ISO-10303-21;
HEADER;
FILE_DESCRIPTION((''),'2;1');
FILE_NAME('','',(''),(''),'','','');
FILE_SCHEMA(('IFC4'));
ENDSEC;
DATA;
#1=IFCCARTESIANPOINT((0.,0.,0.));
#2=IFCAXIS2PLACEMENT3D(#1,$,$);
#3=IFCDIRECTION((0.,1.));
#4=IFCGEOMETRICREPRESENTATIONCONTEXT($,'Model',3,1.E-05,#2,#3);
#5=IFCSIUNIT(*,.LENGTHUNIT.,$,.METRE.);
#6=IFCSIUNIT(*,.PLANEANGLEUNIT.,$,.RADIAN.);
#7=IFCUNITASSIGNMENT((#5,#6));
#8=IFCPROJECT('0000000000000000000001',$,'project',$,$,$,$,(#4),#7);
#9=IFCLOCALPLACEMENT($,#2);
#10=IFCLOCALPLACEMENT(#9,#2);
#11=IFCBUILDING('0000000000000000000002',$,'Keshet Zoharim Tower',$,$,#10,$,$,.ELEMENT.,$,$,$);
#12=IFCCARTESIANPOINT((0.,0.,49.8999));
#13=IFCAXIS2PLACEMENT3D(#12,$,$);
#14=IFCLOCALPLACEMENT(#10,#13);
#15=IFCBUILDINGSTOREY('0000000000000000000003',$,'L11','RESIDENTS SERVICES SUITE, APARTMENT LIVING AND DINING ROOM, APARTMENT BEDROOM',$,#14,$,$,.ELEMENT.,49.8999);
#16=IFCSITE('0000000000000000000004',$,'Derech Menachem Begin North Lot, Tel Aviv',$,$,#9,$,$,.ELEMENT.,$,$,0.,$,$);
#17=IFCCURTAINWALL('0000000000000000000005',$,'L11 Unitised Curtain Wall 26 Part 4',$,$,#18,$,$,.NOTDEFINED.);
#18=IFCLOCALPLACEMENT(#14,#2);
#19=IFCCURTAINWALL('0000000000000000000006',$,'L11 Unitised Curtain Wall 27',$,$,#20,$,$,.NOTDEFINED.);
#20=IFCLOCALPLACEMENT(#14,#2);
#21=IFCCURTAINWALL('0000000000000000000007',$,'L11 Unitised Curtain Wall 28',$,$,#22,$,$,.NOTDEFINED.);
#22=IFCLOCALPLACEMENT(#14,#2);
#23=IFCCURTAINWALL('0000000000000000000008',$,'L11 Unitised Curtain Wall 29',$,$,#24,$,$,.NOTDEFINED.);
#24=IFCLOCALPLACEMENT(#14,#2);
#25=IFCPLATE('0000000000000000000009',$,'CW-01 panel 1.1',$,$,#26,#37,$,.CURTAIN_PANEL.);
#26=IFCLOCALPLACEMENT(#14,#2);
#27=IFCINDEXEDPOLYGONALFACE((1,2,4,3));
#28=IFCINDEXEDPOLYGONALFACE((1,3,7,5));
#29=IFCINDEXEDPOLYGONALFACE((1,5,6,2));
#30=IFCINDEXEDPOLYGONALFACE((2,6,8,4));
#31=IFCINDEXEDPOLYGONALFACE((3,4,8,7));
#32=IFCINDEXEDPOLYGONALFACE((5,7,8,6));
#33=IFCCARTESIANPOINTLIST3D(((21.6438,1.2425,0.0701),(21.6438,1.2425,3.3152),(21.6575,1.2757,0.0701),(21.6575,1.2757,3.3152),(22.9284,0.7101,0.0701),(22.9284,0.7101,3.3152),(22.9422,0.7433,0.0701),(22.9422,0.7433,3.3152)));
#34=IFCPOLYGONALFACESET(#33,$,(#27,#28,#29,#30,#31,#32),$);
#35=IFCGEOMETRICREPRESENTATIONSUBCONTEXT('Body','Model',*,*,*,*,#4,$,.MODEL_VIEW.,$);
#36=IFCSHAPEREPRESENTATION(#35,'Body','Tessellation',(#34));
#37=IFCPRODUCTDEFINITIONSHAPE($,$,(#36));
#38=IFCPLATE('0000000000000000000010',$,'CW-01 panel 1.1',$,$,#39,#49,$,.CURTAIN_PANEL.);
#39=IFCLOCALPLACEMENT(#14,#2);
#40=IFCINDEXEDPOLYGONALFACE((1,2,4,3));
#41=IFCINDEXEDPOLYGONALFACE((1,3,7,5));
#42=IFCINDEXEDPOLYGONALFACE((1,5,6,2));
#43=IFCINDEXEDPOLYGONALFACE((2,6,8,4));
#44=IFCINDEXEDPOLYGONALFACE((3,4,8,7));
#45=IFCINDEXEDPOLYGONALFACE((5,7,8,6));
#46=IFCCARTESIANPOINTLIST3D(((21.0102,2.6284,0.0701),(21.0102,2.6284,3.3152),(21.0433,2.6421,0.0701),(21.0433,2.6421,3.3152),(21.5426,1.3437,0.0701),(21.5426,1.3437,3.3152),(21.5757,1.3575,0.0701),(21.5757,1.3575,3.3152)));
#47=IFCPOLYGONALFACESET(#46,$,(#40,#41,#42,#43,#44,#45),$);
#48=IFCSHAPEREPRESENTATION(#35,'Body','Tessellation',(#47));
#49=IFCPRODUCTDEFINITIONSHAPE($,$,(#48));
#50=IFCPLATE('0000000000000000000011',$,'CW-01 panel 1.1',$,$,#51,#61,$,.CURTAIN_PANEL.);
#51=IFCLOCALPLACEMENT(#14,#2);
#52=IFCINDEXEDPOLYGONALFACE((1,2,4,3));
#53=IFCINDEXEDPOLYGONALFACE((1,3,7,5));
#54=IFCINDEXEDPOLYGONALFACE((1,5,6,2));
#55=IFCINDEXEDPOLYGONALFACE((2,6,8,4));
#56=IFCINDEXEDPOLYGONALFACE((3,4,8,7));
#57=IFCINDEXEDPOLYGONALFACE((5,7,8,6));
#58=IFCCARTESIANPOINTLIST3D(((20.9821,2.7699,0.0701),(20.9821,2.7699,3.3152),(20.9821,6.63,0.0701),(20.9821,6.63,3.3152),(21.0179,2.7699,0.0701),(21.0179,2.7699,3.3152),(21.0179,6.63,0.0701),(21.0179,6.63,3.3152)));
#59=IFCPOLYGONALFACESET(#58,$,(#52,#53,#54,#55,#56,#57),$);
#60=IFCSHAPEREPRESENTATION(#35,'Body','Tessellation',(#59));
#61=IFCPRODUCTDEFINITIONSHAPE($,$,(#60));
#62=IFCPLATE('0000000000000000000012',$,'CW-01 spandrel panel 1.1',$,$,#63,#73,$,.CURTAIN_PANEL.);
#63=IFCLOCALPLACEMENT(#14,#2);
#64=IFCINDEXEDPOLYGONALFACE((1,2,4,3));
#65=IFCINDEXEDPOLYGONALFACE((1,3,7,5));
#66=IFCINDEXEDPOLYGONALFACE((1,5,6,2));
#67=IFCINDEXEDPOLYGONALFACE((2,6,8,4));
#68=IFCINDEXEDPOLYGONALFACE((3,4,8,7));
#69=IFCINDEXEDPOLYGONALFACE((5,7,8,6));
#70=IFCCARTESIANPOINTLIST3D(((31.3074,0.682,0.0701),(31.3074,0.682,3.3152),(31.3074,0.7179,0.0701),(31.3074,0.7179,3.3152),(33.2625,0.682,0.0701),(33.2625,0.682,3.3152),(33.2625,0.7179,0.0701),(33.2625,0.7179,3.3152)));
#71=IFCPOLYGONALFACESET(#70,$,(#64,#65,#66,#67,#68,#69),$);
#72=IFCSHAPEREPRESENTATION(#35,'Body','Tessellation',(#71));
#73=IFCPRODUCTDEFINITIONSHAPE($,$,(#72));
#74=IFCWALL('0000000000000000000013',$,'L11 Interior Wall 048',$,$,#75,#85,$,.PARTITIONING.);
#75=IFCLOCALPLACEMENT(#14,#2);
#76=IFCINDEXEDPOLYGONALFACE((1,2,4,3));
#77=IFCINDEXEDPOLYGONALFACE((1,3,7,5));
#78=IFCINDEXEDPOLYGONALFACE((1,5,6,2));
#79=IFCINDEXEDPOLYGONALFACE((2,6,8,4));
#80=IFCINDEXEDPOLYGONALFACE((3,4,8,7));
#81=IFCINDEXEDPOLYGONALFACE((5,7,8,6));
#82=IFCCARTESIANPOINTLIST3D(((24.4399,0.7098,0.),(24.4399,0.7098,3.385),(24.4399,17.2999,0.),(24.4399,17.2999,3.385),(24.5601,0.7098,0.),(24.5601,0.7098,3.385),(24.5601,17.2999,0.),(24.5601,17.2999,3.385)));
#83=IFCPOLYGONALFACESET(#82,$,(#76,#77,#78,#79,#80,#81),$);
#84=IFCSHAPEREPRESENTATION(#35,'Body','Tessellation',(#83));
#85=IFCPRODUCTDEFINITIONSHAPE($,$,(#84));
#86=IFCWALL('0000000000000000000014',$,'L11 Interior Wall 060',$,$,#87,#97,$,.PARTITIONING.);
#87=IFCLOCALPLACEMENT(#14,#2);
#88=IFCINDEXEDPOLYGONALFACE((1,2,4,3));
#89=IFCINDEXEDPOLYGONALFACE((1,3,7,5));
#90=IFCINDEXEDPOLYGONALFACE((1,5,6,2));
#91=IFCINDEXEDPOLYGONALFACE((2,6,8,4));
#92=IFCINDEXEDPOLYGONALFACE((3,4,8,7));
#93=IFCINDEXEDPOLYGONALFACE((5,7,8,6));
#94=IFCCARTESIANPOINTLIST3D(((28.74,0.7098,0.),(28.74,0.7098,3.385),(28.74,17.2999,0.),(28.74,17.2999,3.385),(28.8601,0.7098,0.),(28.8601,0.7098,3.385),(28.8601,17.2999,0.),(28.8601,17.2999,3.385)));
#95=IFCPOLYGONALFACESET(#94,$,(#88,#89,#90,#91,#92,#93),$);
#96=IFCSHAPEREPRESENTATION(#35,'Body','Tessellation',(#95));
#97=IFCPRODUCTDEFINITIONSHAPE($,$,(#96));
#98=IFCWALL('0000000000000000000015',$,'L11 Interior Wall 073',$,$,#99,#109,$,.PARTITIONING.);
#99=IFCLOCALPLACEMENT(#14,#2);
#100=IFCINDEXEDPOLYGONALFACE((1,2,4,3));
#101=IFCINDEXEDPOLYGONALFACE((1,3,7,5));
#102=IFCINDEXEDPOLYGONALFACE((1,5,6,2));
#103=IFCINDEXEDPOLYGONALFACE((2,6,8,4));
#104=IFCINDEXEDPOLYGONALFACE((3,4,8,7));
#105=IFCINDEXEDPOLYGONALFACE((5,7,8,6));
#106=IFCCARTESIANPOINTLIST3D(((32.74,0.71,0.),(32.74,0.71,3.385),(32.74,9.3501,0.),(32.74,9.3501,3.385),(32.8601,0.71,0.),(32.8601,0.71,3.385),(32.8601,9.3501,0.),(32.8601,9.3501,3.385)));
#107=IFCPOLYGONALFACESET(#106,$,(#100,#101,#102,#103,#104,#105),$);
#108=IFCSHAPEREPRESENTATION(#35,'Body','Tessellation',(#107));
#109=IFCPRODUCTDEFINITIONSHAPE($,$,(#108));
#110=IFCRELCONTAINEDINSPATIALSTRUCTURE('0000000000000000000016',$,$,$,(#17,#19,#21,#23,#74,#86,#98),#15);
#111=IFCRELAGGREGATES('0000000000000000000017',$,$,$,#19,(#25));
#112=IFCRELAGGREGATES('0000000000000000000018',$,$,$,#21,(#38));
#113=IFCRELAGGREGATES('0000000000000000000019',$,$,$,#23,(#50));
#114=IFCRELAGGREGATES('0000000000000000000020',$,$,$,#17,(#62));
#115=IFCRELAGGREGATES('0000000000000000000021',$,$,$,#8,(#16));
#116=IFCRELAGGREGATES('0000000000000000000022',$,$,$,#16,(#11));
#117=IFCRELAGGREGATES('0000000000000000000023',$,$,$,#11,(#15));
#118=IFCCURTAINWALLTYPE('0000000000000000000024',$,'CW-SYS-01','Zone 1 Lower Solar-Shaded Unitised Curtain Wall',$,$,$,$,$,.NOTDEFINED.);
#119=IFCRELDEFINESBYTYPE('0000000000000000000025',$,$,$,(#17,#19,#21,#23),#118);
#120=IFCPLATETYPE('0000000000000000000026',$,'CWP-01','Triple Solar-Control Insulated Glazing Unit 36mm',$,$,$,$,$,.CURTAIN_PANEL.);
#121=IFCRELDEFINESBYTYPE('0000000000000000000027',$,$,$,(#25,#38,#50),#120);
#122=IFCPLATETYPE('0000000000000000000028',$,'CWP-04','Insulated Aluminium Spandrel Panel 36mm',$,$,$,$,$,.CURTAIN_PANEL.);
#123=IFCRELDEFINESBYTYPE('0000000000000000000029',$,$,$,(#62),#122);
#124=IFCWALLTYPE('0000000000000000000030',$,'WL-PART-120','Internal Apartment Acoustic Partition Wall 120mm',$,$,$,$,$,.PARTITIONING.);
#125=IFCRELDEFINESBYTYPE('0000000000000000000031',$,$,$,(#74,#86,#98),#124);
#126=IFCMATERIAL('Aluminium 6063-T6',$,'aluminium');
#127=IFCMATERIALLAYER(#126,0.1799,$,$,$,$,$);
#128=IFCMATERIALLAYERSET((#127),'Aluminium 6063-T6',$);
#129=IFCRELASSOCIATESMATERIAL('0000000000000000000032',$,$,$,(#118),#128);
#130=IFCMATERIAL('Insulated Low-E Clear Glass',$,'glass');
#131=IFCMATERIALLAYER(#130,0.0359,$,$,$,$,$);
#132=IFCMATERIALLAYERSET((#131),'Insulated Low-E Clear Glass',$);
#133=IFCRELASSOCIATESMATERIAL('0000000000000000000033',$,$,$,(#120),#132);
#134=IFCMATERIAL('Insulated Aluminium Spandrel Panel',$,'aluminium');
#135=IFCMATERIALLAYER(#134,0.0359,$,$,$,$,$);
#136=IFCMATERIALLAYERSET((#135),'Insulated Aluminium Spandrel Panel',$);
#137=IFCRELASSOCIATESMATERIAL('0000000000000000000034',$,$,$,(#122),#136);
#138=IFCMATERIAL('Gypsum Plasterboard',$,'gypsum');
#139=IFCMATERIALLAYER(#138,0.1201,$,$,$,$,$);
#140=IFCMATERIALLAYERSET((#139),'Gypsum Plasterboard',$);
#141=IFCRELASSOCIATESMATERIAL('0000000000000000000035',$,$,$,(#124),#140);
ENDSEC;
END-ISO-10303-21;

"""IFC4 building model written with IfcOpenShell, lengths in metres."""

from ifc_helpers import new_model, si_unit, direction, frame, frame_2d, origin, origin_2d, place, context, subcontext, project, spatial, rectangle, extrude, material, layer, layer_set, type_object, element, aggregate, save


model = new_model("IFC4")

# Units and contexts
model_context = context("Model", 3, precision=1e-05, world=origin(), true_north=direction((0.0, 1.0)))
body_context = subcontext(model_context, "Body", "Model", "MODEL_VIEW")
ifc_project = project(units=[si_unit("LENGTHUNIT", "METRE"), si_unit("PLANEANGLEUNIT", "RADIAN")], contexts=[model_context])

# Site, building, storey
site_placement = place(None, origin())
site = spatial("IfcSite", under=ifc_project, at=site_placement, Name="Derech Menachem Begin North Lot, Tel Aviv", CompositionType="ELEMENT", RefElevation=0.0)
building_placement = place(site_placement, origin())
building = spatial("IfcBuilding", under=site, at=building_placement, Name="Keshet Zoharim Tower", CompositionType="ELEMENT")
storey_placement = place(building_placement, frame((0.0, 0.0, 49.8999)))
storey = spatial("IfcBuildingStorey", under=building, at=storey_placement, Name="L11", Description="RESIDENTS SERVICES SUITE, APARTMENT LIVING AND DINING ROOM, APARTMENT BEDROOM", CompositionType="ELEMENT", Elevation=49.8999)

# Curtain wall
ifc_material_1 = material(Name="Aluminium 6063-T6", Category="aluminium")
ifc_layer_1 = layer(ifc_material_1, 0.1799)
ifc_layer_set_1 = layer_set([ifc_layer_1], Name="Aluminium 6063-T6")
curtain_wall_type = type_object("IfcCurtainWallType", Name="CW-SYS-01", Description="Zone 1 Lower Solar-Shaded Unitised Curtain Wall", PredefinedType="NOTDEFINED", material=ifc_layer_set_1)
curtain_wall_1_placement = place(storey_placement, origin())
curtain_wall_1 = element("IfcCurtainWall", 1, at=curtain_wall_1_placement, inside=storey, type_object=curtain_wall_type, Name="L11 Unitised Curtain Wall 26 Part 4", PredefinedType="NOTDEFINED")

# Curtain walls
curtain_wall_2_placement = place(storey_placement, origin())
curtain_wall_2 = element("IfcCurtainWall", 2, at=curtain_wall_2_placement, inside=storey, type_object=curtain_wall_type, Name="L11 Unitised Curtain Wall 27", PredefinedType="NOTDEFINED")
curtain_wall_3_placement = place(storey_placement, origin())
curtain_wall_3 = element("IfcCurtainWall", 3, at=curtain_wall_3_placement, inside=storey, type_object=curtain_wall_type, Name="L11 Unitised Curtain Wall 28", PredefinedType="NOTDEFINED")
curtain_wall_4_placement = place(storey_placement, origin())
curtain_wall_4 = element("IfcCurtainWall", 4, at=curtain_wall_4_placement, inside=storey, type_object=curtain_wall_type, Name="L11 Unitised Curtain Wall 29", PredefinedType="NOTDEFINED")

# Plates
ifc_material_2 = material(Name="Insulated Low-E Clear Glass", Category="glass")
ifc_layer_2 = layer(ifc_material_2, 0.0359)
ifc_layer_set_2 = layer_set([ifc_layer_2], Name="Insulated Low-E Clear Glass")
plate_type_1 = type_object("IfcPlateType", Name="CWP-01", Description="Triple Solar-Control Insulated Glazing Unit 36mm", PredefinedType="CURTAIN_PANEL", material=ifc_layer_set_2)
plate_1_placement = place(storey_placement, frame((22.293, 0.9929, 0.0701), z_axis=(0.0, 0.0, 1.0), x_axis=(-0.92381, 0.382852, 0.0)))
plate_1 = element("IfcPlate", 5, at=plate_1_placement, type_object=plate_type_1, Name="CW-01 panel 1.1", PredefinedType="CURTAIN_PANEL", context=body_context, shape_type="SweptSolid", body=[
    extrude(rectangle(XDim=1.3906, YDim=0.0359, at=origin_2d()), origin(), (0.0, 0.0, 1.0), 3.2451),
])
aggregate(curtain_wall_2, [plate_1])
plate_2_placement = place(storey_placement, frame((21.293, 1.9929, 0.0701), z_axis=(0.0, 0.0, 1.0), x_axis=(-0.382852, 0.92381, 0.0)))
plate_2 = element("IfcPlate", 6, at=plate_2_placement, type_object=plate_type_1, Name="CW-01 panel 1.1", PredefinedType="CURTAIN_PANEL", context=body_context, shape_type="SweptSolid", body=[
    extrude(rectangle(XDim=1.3906, YDim=0.0359, at=origin_2d()), origin(), (0.0, 0.0, 1.0), 3.2451),
])
aggregate(curtain_wall_3, [plate_2])
plate_3_placement = place(storey_placement, frame((21.0, 4.7, 0.0701), z_axis=(0.0, 0.0, 1.0), x_axis=(0.0, 1.0, 0.0)))
plate_3 = element("IfcPlate", 7, at=plate_3_placement, type_object=plate_type_1, Name="CW-01 panel 1.1", PredefinedType="CURTAIN_PANEL", context=body_context, shape_type="SweptSolid", body=[
    extrude(rectangle(XDim=3.8601, YDim=0.0359, at=origin_2d()), origin(), (0.0, 0.0, 1.0), 3.2451),
])
aggregate(curtain_wall_4, [plate_3])
ifc_material_3 = material(Name="Insulated Aluminium Spandrel Panel", Category="aluminium")
ifc_layer_3 = layer(ifc_material_3, 0.0359)
ifc_layer_set_3 = layer_set([ifc_layer_3], Name="Insulated Aluminium Spandrel Panel")
plate_type_2 = type_object("IfcPlateType", Name="CWP-04", Description="Insulated Aluminium Spandrel Panel 36mm", PredefinedType="CURTAIN_PANEL", material=ifc_layer_set_3)
plate_4_placement = place(storey_placement, frame((32.2849, 0.7, 0.0701), z_axis=(0.0, 0.0, 1.0), x_axis=(-1.0, 0.0, 0.0)))
plate_4 = element("IfcPlate", 8, at=plate_4_placement, type_object=plate_type_2, Name="CW-01 spandrel panel 1.1", PredefinedType="CURTAIN_PANEL", context=body_context, shape_type="SweptSolid", body=[
    extrude(rectangle(XDim=1.9551, YDim=0.0359, at=origin_2d()), origin(), (0.0, 0.0, 1.0), 3.2451),
])
aggregate(curtain_wall_1, [plate_4])

# Walls
ifc_material_4 = material(Name="Gypsum Plasterboard", Category="gypsum")
ifc_layer_4 = layer(ifc_material_4, 0.1201)
ifc_layer_set_4 = layer_set([ifc_layer_4], Name="Gypsum Plasterboard")
wall_type = type_object("IfcWallType", Name="WL-PART-120", Description="Internal Apartment Acoustic Partition Wall 120mm", PredefinedType="PARTITIONING", material=ifc_layer_set_4)
for number, where, z_axis, x_axis, name in (
    (9, (24.5, 0.71, 0.0), (0.0, 0.0, 1.0), (0.0, 1.0, 0.0), "L11 Interior Wall 048"),
    (10, (28.8, 0.71, 0.0), (0.0, 0.0, 1.0), (0.0, 1.0, 0.0), "L11 Interior Wall 060"),
):
    element("IfcWall", number, at=place(storey_placement, frame(where, z_axis=z_axis, x_axis=x_axis)), inside=storey, type_object=wall_type, Name=name, PredefinedType="PARTITIONING", context=body_context, shape_type="SweptSolid", body=[
        extrude(rectangle(XDim=16.5901, YDim=0.1201, at=frame_2d((8.2949, 0.0))), origin(), (0.0, 0.0, 1.0), 3.385),
    ])
wall_placement = place(storey_placement, frame((32.8, 0.71, 0.0), z_axis=(0.0, 0.0, 1.0), x_axis=(0.0, 1.0, 0.0)))
element("IfcWall", 11, at=wall_placement, inside=storey, type_object=wall_type, Name="L11 Interior Wall 073", PredefinedType="PARTITIONING", context=body_context, shape_type="SweptSolid", body=[
    extrude(rectangle(XDim=8.6401, YDim=0.1201, at=frame_2d((4.3201, 0.0))), origin(), (0.0, 0.0, 1.0), 3.385),
])

save(model, "model.ifc")
